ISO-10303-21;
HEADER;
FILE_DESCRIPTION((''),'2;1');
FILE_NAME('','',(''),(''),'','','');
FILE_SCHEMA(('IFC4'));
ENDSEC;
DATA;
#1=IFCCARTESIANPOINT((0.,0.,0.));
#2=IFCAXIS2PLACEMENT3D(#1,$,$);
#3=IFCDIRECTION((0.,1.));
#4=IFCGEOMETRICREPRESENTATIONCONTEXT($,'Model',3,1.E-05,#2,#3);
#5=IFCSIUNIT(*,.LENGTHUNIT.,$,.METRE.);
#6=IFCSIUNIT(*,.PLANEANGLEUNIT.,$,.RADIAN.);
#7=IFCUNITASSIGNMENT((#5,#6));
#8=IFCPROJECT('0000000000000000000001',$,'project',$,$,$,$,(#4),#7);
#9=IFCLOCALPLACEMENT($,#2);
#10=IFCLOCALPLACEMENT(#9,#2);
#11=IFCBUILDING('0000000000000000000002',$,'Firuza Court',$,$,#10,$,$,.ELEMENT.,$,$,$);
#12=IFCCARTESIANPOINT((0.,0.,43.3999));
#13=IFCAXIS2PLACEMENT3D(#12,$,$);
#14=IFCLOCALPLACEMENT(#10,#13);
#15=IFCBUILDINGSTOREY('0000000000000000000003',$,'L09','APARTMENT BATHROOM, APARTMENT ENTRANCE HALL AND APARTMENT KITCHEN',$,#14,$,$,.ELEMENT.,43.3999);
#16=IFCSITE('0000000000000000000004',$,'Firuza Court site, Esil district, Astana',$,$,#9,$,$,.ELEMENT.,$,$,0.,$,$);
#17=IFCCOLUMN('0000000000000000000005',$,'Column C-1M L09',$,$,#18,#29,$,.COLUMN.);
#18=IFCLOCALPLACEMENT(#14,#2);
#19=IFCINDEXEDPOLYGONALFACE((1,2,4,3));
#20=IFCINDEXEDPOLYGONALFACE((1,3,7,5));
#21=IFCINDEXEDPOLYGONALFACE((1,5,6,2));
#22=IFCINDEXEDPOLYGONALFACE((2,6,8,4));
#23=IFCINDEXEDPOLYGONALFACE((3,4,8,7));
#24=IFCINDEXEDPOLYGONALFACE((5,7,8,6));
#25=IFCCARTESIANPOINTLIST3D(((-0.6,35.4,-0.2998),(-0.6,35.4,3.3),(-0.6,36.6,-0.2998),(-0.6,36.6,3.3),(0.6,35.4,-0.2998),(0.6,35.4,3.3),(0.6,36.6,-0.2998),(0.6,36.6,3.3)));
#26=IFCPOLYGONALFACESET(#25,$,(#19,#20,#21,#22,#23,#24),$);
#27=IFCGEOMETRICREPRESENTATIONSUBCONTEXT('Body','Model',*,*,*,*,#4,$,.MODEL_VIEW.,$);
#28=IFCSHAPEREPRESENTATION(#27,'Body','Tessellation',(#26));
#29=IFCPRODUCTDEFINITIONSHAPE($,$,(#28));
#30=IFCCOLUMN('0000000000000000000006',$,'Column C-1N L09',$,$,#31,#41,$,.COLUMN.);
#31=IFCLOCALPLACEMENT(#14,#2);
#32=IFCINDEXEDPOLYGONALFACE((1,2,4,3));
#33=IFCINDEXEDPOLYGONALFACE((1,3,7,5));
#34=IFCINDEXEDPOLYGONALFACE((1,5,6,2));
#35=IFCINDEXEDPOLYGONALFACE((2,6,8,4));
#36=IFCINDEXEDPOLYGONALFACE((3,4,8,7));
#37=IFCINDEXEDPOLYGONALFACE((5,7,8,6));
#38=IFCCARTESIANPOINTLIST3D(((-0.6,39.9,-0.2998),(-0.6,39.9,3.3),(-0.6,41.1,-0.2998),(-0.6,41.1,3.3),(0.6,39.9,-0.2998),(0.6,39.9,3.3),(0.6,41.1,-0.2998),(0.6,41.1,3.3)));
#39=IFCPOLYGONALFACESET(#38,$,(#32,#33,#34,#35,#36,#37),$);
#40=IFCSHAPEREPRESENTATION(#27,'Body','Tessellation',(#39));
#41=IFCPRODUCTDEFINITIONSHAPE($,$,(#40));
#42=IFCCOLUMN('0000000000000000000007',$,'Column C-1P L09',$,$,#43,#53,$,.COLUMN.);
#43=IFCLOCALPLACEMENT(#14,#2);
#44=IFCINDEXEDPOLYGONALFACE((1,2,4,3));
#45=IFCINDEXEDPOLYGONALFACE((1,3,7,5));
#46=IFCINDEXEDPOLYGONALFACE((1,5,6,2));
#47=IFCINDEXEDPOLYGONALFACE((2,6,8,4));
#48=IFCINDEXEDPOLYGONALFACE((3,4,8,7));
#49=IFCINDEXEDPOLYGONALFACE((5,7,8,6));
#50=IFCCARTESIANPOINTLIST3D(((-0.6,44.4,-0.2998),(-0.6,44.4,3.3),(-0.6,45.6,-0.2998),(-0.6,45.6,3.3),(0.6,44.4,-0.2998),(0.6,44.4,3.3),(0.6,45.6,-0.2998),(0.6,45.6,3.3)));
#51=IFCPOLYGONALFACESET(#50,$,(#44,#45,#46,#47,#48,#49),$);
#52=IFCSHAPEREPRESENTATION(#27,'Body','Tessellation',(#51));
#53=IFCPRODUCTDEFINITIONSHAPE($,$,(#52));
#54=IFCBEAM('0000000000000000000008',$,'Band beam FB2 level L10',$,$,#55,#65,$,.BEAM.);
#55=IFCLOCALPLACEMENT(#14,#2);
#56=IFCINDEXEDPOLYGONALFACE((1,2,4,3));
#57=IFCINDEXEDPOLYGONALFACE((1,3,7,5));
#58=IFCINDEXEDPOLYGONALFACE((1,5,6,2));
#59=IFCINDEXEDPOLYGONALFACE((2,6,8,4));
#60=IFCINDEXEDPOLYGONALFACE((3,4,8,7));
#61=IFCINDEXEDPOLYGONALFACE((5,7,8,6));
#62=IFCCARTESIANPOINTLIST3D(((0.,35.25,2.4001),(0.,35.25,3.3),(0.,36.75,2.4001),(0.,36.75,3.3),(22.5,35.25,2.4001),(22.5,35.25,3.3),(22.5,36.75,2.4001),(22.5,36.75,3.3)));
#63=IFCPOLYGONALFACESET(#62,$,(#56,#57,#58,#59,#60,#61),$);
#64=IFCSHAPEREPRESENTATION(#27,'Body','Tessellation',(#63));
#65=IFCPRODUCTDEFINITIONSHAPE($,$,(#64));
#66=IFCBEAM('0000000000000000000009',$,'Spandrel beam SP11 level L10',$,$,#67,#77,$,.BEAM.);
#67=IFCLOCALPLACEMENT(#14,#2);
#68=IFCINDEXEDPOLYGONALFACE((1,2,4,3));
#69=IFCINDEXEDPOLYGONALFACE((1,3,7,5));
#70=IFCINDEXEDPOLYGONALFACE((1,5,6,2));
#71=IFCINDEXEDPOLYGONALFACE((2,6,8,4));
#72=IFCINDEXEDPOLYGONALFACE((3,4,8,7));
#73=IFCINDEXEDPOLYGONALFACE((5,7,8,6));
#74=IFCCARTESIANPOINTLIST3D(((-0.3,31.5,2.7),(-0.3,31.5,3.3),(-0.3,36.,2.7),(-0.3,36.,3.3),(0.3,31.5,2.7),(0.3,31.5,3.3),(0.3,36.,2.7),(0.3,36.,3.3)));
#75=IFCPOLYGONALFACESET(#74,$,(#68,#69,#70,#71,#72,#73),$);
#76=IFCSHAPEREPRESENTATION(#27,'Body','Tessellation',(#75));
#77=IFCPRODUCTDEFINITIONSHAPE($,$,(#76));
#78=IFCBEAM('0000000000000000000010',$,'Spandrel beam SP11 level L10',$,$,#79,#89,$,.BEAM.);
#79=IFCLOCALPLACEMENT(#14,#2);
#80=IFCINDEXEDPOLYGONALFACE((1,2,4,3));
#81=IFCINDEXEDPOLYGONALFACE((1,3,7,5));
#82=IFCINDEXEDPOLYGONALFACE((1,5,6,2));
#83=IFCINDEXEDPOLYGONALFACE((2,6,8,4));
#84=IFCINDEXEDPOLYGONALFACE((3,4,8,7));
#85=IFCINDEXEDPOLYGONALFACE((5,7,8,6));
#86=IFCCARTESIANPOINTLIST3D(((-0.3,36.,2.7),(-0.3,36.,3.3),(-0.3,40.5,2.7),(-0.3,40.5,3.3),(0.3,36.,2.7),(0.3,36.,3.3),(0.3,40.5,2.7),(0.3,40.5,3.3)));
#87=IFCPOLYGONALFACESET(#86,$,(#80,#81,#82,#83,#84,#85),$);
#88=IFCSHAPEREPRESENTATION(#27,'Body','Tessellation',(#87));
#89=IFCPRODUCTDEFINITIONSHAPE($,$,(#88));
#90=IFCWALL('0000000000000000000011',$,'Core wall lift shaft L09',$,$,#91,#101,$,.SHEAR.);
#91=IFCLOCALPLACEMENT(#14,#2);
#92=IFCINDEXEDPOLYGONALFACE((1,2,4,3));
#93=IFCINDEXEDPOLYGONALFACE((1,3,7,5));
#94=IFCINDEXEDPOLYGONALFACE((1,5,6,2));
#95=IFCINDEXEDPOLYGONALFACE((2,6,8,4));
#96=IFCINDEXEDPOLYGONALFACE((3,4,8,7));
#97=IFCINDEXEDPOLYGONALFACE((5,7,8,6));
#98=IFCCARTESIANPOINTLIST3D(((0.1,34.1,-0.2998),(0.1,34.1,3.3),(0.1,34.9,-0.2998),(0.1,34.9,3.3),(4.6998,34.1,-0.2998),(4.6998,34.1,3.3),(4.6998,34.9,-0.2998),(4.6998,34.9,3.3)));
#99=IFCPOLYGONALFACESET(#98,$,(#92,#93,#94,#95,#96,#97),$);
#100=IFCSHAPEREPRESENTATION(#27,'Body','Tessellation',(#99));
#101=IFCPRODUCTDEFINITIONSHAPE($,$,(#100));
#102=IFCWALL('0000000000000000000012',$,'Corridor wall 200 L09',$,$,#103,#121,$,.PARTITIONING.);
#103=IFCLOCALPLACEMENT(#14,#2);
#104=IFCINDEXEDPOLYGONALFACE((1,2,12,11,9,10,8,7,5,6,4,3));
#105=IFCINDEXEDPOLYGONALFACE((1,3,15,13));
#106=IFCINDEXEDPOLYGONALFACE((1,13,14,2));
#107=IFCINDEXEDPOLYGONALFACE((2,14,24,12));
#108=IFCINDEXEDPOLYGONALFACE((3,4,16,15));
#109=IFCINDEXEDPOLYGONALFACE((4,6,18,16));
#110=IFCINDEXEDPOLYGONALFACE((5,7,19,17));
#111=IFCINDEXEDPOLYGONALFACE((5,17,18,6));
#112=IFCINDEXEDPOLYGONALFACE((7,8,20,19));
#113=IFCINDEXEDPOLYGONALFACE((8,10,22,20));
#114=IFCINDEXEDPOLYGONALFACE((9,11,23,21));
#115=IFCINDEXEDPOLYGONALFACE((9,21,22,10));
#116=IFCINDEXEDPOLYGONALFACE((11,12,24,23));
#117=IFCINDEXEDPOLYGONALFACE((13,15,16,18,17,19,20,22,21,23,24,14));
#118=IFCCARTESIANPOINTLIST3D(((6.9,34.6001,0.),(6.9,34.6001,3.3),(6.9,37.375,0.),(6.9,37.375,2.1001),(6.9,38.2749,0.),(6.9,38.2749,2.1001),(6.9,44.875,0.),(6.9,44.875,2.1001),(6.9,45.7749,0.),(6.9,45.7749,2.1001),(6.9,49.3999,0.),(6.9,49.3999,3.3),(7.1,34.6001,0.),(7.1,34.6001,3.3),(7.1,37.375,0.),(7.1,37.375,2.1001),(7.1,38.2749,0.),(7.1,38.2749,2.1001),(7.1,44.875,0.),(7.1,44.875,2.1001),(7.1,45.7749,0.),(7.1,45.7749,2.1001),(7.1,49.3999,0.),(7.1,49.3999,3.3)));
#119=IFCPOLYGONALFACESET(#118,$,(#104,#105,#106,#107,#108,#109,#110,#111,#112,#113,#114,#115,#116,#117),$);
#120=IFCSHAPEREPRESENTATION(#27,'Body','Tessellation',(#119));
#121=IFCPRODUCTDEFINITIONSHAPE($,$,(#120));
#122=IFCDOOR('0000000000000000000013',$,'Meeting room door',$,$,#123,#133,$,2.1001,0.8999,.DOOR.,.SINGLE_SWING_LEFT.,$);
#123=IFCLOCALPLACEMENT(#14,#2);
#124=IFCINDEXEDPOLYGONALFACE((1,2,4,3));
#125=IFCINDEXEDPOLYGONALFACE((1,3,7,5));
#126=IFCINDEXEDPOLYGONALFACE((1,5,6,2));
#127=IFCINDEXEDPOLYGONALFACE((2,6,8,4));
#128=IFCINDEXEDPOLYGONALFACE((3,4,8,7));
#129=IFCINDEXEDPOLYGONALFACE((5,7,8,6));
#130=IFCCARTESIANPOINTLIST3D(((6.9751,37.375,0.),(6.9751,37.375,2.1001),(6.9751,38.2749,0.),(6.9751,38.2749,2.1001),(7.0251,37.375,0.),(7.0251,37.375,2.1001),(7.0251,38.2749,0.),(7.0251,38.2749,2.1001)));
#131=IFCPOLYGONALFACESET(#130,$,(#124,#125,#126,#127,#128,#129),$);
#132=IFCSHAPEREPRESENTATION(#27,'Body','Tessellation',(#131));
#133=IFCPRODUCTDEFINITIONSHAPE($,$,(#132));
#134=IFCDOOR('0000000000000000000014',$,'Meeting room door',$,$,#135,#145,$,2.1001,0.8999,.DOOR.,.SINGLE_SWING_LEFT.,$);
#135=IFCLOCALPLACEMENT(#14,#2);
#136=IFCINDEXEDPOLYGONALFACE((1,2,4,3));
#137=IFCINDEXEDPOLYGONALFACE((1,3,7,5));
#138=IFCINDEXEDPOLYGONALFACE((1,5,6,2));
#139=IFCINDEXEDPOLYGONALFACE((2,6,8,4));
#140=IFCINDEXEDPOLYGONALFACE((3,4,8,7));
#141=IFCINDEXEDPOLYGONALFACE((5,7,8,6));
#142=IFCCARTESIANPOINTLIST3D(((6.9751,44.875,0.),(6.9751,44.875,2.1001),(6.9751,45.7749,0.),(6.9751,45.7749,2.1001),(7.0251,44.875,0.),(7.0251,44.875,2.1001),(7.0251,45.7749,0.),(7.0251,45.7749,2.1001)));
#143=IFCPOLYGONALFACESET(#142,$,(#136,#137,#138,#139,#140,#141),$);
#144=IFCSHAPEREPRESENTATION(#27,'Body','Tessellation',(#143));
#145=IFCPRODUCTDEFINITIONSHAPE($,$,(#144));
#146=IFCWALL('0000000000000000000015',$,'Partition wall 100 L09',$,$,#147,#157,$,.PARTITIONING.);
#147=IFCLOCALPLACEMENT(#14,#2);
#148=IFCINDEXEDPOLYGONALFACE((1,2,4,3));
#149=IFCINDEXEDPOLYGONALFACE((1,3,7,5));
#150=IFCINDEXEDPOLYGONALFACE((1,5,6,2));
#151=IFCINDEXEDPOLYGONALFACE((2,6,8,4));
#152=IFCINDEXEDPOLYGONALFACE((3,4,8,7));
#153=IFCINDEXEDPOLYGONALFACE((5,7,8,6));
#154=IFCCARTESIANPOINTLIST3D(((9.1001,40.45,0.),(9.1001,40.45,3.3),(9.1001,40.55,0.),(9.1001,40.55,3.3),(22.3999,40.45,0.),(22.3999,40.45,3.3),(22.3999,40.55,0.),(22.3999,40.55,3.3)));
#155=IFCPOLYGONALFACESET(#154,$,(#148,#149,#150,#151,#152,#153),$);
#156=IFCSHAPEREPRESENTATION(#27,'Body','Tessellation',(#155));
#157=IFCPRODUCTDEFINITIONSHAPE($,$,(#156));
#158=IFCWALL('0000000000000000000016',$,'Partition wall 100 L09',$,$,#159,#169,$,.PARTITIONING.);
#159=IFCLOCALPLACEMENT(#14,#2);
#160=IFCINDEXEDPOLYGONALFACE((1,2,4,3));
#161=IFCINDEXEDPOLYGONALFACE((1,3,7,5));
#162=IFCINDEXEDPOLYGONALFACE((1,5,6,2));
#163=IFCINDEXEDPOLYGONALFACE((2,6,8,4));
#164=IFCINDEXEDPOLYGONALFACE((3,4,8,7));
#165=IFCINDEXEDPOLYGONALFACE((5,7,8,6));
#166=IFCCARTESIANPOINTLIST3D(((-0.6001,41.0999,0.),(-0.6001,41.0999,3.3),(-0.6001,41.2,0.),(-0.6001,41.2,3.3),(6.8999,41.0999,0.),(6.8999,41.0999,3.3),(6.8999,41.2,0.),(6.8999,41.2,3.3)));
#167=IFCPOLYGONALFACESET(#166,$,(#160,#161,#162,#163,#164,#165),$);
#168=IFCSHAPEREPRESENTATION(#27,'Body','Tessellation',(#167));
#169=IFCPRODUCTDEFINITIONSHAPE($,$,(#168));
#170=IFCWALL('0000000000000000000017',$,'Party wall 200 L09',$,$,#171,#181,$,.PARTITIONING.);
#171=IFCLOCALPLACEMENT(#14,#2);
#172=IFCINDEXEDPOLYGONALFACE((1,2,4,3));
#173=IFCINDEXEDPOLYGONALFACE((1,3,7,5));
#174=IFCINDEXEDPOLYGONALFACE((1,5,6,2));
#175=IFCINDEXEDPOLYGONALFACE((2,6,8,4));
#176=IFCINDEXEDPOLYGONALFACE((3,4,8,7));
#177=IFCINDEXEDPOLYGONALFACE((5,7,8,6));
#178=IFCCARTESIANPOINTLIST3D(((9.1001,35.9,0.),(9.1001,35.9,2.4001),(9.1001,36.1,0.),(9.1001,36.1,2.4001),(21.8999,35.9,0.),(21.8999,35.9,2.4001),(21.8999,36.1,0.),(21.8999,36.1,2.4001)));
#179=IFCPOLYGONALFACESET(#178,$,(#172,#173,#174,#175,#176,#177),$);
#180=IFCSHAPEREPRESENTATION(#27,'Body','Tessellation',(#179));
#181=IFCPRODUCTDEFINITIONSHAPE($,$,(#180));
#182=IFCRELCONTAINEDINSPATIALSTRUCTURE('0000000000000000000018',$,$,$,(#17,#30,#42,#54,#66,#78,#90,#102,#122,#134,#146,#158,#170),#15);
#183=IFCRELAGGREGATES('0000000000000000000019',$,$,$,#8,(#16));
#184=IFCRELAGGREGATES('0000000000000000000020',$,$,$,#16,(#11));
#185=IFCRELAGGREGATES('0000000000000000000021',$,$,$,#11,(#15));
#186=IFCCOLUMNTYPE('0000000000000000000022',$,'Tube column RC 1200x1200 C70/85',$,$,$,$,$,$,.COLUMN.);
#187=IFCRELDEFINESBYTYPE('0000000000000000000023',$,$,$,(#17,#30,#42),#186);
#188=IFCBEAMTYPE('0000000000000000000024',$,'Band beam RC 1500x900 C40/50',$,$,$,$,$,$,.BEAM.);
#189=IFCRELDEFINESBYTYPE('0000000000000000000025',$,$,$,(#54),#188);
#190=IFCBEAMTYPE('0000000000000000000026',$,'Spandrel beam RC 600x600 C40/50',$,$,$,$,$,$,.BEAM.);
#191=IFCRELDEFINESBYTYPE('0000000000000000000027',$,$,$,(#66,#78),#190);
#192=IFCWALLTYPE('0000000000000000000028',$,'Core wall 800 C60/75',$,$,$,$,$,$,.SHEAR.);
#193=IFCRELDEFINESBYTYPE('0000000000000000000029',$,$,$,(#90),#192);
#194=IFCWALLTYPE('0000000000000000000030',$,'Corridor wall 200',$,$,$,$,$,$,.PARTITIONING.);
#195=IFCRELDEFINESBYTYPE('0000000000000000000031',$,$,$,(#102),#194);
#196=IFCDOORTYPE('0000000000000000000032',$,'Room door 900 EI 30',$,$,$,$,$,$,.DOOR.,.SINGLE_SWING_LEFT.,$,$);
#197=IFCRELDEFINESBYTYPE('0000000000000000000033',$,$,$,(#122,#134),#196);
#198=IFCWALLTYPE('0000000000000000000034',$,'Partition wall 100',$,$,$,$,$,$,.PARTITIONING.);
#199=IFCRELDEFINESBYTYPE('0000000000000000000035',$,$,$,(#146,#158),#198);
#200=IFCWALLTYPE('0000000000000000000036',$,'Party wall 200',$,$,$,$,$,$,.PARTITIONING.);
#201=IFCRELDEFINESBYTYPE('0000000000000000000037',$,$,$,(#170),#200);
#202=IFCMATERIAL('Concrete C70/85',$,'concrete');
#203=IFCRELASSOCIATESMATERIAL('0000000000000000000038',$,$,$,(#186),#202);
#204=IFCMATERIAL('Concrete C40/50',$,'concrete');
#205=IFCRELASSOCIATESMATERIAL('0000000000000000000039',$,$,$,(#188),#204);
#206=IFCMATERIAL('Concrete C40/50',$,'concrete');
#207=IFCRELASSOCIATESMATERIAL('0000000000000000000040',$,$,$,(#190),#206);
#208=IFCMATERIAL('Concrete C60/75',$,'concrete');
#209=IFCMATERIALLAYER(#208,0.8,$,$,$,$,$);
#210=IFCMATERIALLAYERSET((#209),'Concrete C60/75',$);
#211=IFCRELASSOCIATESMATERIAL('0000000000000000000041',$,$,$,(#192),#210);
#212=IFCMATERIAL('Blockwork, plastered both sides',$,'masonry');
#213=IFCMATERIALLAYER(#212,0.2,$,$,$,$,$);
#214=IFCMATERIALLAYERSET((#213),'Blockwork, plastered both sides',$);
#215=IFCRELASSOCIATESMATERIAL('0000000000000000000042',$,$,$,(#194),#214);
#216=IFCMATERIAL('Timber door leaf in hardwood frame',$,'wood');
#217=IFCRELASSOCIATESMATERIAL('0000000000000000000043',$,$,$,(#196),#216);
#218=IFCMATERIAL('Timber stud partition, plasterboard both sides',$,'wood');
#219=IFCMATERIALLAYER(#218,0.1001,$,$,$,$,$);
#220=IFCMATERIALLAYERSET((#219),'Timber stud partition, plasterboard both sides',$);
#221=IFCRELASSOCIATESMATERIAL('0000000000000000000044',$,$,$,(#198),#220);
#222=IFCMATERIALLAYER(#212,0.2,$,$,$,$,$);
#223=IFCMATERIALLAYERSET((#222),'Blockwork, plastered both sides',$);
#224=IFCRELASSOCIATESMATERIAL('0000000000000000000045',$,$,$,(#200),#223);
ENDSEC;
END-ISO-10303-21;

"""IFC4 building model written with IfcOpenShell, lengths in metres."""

from ifc_helpers import new_model, si_unit, direction, frame, frame_2d, origin, origin_2d, place, context, subcontext, project, spatial, rectangle, extrude, material, layer, layer_set, material_profile, profile_set, type_object, element, fill, save


model = new_model("IFC4")

# Units and contexts
model_context = context("Model", 3, precision=1e-05, world=origin(), true_north=direction((0.0, 1.0)))
body_context = subcontext(model_context, "Body", "Model", "MODEL_VIEW")
ifc_project = project(units=[si_unit("LENGTHUNIT", "METRE"), si_unit("PLANEANGLEUNIT", "RADIAN")], contexts=[model_context])

# Site, building, storey
site_placement = place(None, origin())
site = spatial("IfcSite", under=ifc_project, at=site_placement, Name="Firuza Court site, Esil district, Astana", CompositionType="ELEMENT", RefElevation=0.0)
building_placement = place(site_placement, origin())
building = spatial("IfcBuilding", under=site, at=building_placement, Name="Firuza Court", CompositionType="ELEMENT")
storey_placement = place(building_placement, frame((0.0, 0.0, 43.3999)))
storey = spatial("IfcBuildingStorey", under=building, at=storey_placement, Name="L09", Description="APARTMENT BATHROOM, APARTMENT ENTRANCE HALL AND APARTMENT KITCHEN", CompositionType="ELEMENT", Elevation=43.3999)

# Columns
ifc_material_1 = material(Name="Concrete C70/85", Category="concrete")
ifc_material_profile_1 = material_profile(ifc_material_1, rectangle(XDim=1.2, YDim=1.2, at=origin_2d()), Name="RC 1200x1200")
ifc_profile_set_1 = profile_set([ifc_material_profile_1], Name="Concrete C70/85")
column_type = type_object("IfcColumnType", Name="Tube column RC 1200x1200 C70/85", PredefinedType="COLUMN", material=ifc_profile_set_1)
for number, where, z_axis, x_axis, name in (
    (1, (0.0, 36.0, -0.2998), (0.0, 0.0, 1.0), (1.0, 0.0, 0.0), "Column C-1M L09"),
    (2, (0.0, 40.5, -0.2998), (0.0, 0.0, 1.0), (1.0, 0.0, 0.0), "Column C-1N L09"),
    (3, (0.0, 45.0, -0.2998), (0.0, 0.0, 1.0), (1.0, 0.0, 0.0), "Column C-1P L09"),
):
    element("IfcColumn", number, at=place(storey_placement, frame(where, z_axis=z_axis, x_axis=x_axis)), inside=storey, type_object=column_type, Name=name, PredefinedType="COLUMN", context=body_context, shape_type="SweptSolid", body=[
        extrude(rectangle(XDim=1.2, YDim=1.2, at=origin_2d()), origin(), (0.0, 0.0, 1.0), 3.5999),
    ])

# Beams
ifc_material_2 = material(Name="Concrete C40/50", Category="concrete")
ifc_material_profile_2 = material_profile(ifc_material_2, rectangle(XDim=1.5, YDim=0.8999, at=origin_2d()), Name="RC 1500x900")
ifc_profile_set_2 = profile_set([ifc_material_profile_2], Name="Concrete C40/50")
beam_type_1 = type_object("IfcBeamType", Name="Band beam RC 1500x900 C40/50", PredefinedType="BEAM", material=ifc_profile_set_2)
beam_placement = place(storey_placement, frame((0.0, 36.0, 2.8501), z_axis=(1.0, 0.0, 0.0), x_axis=(0.0, 1.0, 0.0)))
element("IfcBeam", 4, at=beam_placement, inside=storey, type_object=beam_type_1, Name="Band beam FB2 level L10", PredefinedType="BEAM", context=body_context, shape_type="SweptSolid", body=[
    extrude(rectangle(XDim=1.5, YDim=0.8999, at=origin_2d()), origin(), (0.0, 0.0, 1.0), 22.5),
])
ifc_material_3 = material(Name="Concrete C40/50", Category="concrete")
ifc_material_profile_3 = material_profile(ifc_material_3, rectangle(XDim=0.6001, YDim=0.6001, at=origin_2d()), Name="RC 600x600")
ifc_profile_set_3 = profile_set([ifc_material_profile_3], Name="Concrete C40/50")
beam_type_2 = type_object("IfcBeamType", Name="Spandrel beam RC 600x600 C40/50", PredefinedType="BEAM", material=ifc_profile_set_3)
for number, where, z_axis, x_axis, name in (
    (5, (0.0, 36.0, 3.0), (0.0, -1.0, 0.0), (1.0, 0.0, 0.0), "Spandrel beam SP11 level L10"),
    (6, (0.0, 40.5, 3.0), (0.0, -1.0, 0.0), (1.0, 0.0, 0.0), "Spandrel beam SP11 level L10"),
):
    element("IfcBeam", number, at=place(storey_placement, frame(where, z_axis=z_axis, x_axis=x_axis)), inside=storey, type_object=beam_type_2, Name=name, PredefinedType="BEAM", context=body_context, shape_type="SweptSolid", body=[
        extrude(rectangle(XDim=0.6001, YDim=0.6001, at=origin_2d()), origin(), (0.0, 0.0, 1.0), 4.5),
    ])

# Wall
ifc_material_4 = material(Name="Concrete C60/75", Category="concrete")
ifc_layer_1 = layer(ifc_material_4, 0.8)
ifc_layer_set_1 = layer_set([ifc_layer_1], Name="Concrete C60/75")
wall_type_1 = type_object("IfcWallType", Name="Core wall 800 C60/75", PredefinedType="SHEAR", material=ifc_layer_set_1)
wall_1_placement = place(storey_placement, frame((0.1001, 34.5, -0.2998), z_axis=(0.0, 0.0, 1.0), x_axis=(1.0, 0.0, 0.0)))
element("IfcWall", 7, at=wall_1_placement, inside=storey, type_object=wall_type_1, Name="Core wall lift shaft L09", PredefinedType="SHEAR", context=body_context, shape_type="SweptSolid", body=[
    extrude(rectangle(XDim=4.5999, YDim=0.8, at=frame_2d((2.2998, 0.0))), origin(), (0.0, 0.0, 1.0), 3.5999),
])

# Wall, openings, doors
ifc_material_5 = material(Name="Blockwork, plastered both sides", Category="masonry")
ifc_layer_2 = layer(ifc_material_5, 0.2)
ifc_layer_set_2 = layer_set([ifc_layer_2], Name="Blockwork, plastered both sides")
wall_type_2 = type_object("IfcWallType", Name="Corridor wall 200", PredefinedType="PARTITIONING", material=ifc_layer_set_2)
wall_2_placement = place(storey_placement, frame((7.0, 34.6001, 0.0), z_axis=(0.0, 0.0, 1.0), x_axis=(0.0, 1.0, 0.0)))
wall_2 = element("IfcWall", 8, at=wall_2_placement, inside=storey, type_object=wall_type_2, Name="Corridor wall 200 L09", PredefinedType="PARTITIONING", context=body_context, shape_type="SweptSolid", body=[
    extrude(rectangle(XDim=14.7998, YDim=0.2, at=frame_2d((7.3999, 0.0))), origin(), (0.0, 0.0, 1.0), 3.3),
])
opening_1_placement = place(wall_2_placement, frame((2.7749, 0.0, 0.0)))
opening_1 = element("IfcOpeningElement", 9, at=opening_1_placement, cuts=wall_2, PredefinedType="OPENING", context=body_context, shape_type="SweptSolid", body=[
    extrude(rectangle(XDim=0.8999, YDim=2.1001, at=frame_2d((0.45, 1.05))), frame((0.0, 0.1118, 0.0), z_axis=(0.0, -1.0, 0.0), x_axis=(1.0, 0.0, 0.0)), (0.0, 0.0, 1.0), 0.2239),
])
opening_2_placement = place(wall_2_placement, frame((10.2749, 0.0, 0.0)))
opening_2 = element("IfcOpeningElement", 10, at=opening_2_placement, cuts=wall_2, PredefinedType="OPENING", context=body_context, shape_type="SweptSolid", body=[
    extrude(rectangle(XDim=0.8999, YDim=2.1001, at=frame_2d((0.45, 1.05))), frame((0.0, 0.1118, 0.0), z_axis=(0.0, -1.0, 0.0), x_axis=(1.0, 0.0, 0.0)), (0.0, 0.0, 1.0), 0.2239),
])
ifc_material_6 = material(Name="Timber door leaf in hardwood frame", Category="wood")
door_type = type_object("IfcDoorType", Name="Room door 900 EI 30", OperationType="SINGLE_SWING_LEFT", PredefinedType="DOOR", material=ifc_material_6)
door_1_placement = place(opening_1_placement, origin())
door_1 = element("IfcDoor", 11, at=door_1_placement, inside=storey, type_object=door_type, Name="Meeting room door", OperationType="SINGLE_SWING_LEFT", OverallHeight=2.1001, OverallWidth=0.8999, PredefinedType="DOOR", context=body_context, shape_type="SweptSolid", body=[
    extrude(rectangle(XDim=0.8999, YDim=2.1001, at=frame_2d((0.45, 1.05))), frame((0.0, 0.0249, 0.0), z_axis=(0.0, -1.0, 0.0), x_axis=(1.0, 0.0, 0.0)), (0.0, 0.0, 1.0), 0.05),
])
fill(opening_1, door_1)
door_2_placement = place(opening_2_placement, origin())
door_2 = element("IfcDoor", 12, at=door_2_placement, inside=storey, type_object=door_type, Name="Meeting room door", OperationType="SINGLE_SWING_LEFT", OverallHeight=2.1001, OverallWidth=0.8999, PredefinedType="DOOR", context=body_context, shape_type="SweptSolid", body=[
    extrude(rectangle(XDim=0.8999, YDim=2.1001, at=frame_2d((0.45, 1.05))), frame((0.0, 0.0249, 0.0), z_axis=(0.0, -1.0, 0.0), x_axis=(1.0, 0.0, 0.0)), (0.0, 0.0, 1.0), 0.05),
])
fill(opening_2, door_2)

# Walls
ifc_material_7 = material(Name="Timber stud partition, plasterboard both sides", Category="wood")
ifc_layer_3 = layer(ifc_material_7, 0.1001)
ifc_layer_set_3 = layer_set([ifc_layer_3], Name="Timber stud partition, plasterboard both sides")
wall_type_3 = type_object("IfcWallType", Name="Partition wall 100", PredefinedType="PARTITIONING", material=ifc_layer_set_3)
wall_3_placement = place(storey_placement, frame((9.1001, 40.5, 0.0), z_axis=(0.0, 0.0, 1.0), x_axis=(1.0, 0.0, 0.0)))
element("IfcWall", 13, at=wall_3_placement, inside=storey, type_object=wall_type_3, Name="Partition wall 100 L09", PredefinedType="PARTITIONING", context=body_context, shape_type="SweptSolid", body=[
    extrude(rectangle(XDim=13.2998, YDim=0.1001, at=frame_2d((6.6499, 0.0))), origin(), (0.0, 0.0, 1.0), 3.3),
])
wall_4_placement = place(storey_placement, frame((-0.6001, 41.1499, 0.0), z_axis=(0.0, 0.0, 1.0), x_axis=(1.0, 0.0, 0.0)))
element("IfcWall", 14, at=wall_4_placement, inside=storey, type_object=wall_type_3, Name="Partition wall 100 L09", PredefinedType="PARTITIONING", context=body_context, shape_type="SweptSolid", body=[
    extrude(rectangle(XDim=7.5, YDim=0.1001, at=frame_2d((3.75, 0.0))), origin(), (0.0, 0.0, 1.0), 3.3),
])
ifc_layer_4 = layer(ifc_material_5, 0.2)
ifc_layer_set_4 = layer_set([ifc_layer_4], Name="Blockwork, plastered both sides")
wall_type_4 = type_object("IfcWallType", Name="Party wall 200", PredefinedType="PARTITIONING", material=ifc_layer_set_4)
wall_5_placement = place(storey_placement, frame((9.1001, 36.0, 0.0), z_axis=(0.0, 0.0, 1.0), x_axis=(1.0, 0.0, 0.0)))
element("IfcWall", 15, at=wall_5_placement, inside=storey, type_object=wall_type_4, Name="Party wall 200 L09", PredefinedType="PARTITIONING", context=body_context, shape_type="SweptSolid", body=[
    extrude(rectangle(XDim=12.7998, YDim=0.2, at=frame_2d((6.3999, 0.0))), origin(), (0.0, 0.0, 1.0), 2.4001),
])

save(model, "model.ifc")
